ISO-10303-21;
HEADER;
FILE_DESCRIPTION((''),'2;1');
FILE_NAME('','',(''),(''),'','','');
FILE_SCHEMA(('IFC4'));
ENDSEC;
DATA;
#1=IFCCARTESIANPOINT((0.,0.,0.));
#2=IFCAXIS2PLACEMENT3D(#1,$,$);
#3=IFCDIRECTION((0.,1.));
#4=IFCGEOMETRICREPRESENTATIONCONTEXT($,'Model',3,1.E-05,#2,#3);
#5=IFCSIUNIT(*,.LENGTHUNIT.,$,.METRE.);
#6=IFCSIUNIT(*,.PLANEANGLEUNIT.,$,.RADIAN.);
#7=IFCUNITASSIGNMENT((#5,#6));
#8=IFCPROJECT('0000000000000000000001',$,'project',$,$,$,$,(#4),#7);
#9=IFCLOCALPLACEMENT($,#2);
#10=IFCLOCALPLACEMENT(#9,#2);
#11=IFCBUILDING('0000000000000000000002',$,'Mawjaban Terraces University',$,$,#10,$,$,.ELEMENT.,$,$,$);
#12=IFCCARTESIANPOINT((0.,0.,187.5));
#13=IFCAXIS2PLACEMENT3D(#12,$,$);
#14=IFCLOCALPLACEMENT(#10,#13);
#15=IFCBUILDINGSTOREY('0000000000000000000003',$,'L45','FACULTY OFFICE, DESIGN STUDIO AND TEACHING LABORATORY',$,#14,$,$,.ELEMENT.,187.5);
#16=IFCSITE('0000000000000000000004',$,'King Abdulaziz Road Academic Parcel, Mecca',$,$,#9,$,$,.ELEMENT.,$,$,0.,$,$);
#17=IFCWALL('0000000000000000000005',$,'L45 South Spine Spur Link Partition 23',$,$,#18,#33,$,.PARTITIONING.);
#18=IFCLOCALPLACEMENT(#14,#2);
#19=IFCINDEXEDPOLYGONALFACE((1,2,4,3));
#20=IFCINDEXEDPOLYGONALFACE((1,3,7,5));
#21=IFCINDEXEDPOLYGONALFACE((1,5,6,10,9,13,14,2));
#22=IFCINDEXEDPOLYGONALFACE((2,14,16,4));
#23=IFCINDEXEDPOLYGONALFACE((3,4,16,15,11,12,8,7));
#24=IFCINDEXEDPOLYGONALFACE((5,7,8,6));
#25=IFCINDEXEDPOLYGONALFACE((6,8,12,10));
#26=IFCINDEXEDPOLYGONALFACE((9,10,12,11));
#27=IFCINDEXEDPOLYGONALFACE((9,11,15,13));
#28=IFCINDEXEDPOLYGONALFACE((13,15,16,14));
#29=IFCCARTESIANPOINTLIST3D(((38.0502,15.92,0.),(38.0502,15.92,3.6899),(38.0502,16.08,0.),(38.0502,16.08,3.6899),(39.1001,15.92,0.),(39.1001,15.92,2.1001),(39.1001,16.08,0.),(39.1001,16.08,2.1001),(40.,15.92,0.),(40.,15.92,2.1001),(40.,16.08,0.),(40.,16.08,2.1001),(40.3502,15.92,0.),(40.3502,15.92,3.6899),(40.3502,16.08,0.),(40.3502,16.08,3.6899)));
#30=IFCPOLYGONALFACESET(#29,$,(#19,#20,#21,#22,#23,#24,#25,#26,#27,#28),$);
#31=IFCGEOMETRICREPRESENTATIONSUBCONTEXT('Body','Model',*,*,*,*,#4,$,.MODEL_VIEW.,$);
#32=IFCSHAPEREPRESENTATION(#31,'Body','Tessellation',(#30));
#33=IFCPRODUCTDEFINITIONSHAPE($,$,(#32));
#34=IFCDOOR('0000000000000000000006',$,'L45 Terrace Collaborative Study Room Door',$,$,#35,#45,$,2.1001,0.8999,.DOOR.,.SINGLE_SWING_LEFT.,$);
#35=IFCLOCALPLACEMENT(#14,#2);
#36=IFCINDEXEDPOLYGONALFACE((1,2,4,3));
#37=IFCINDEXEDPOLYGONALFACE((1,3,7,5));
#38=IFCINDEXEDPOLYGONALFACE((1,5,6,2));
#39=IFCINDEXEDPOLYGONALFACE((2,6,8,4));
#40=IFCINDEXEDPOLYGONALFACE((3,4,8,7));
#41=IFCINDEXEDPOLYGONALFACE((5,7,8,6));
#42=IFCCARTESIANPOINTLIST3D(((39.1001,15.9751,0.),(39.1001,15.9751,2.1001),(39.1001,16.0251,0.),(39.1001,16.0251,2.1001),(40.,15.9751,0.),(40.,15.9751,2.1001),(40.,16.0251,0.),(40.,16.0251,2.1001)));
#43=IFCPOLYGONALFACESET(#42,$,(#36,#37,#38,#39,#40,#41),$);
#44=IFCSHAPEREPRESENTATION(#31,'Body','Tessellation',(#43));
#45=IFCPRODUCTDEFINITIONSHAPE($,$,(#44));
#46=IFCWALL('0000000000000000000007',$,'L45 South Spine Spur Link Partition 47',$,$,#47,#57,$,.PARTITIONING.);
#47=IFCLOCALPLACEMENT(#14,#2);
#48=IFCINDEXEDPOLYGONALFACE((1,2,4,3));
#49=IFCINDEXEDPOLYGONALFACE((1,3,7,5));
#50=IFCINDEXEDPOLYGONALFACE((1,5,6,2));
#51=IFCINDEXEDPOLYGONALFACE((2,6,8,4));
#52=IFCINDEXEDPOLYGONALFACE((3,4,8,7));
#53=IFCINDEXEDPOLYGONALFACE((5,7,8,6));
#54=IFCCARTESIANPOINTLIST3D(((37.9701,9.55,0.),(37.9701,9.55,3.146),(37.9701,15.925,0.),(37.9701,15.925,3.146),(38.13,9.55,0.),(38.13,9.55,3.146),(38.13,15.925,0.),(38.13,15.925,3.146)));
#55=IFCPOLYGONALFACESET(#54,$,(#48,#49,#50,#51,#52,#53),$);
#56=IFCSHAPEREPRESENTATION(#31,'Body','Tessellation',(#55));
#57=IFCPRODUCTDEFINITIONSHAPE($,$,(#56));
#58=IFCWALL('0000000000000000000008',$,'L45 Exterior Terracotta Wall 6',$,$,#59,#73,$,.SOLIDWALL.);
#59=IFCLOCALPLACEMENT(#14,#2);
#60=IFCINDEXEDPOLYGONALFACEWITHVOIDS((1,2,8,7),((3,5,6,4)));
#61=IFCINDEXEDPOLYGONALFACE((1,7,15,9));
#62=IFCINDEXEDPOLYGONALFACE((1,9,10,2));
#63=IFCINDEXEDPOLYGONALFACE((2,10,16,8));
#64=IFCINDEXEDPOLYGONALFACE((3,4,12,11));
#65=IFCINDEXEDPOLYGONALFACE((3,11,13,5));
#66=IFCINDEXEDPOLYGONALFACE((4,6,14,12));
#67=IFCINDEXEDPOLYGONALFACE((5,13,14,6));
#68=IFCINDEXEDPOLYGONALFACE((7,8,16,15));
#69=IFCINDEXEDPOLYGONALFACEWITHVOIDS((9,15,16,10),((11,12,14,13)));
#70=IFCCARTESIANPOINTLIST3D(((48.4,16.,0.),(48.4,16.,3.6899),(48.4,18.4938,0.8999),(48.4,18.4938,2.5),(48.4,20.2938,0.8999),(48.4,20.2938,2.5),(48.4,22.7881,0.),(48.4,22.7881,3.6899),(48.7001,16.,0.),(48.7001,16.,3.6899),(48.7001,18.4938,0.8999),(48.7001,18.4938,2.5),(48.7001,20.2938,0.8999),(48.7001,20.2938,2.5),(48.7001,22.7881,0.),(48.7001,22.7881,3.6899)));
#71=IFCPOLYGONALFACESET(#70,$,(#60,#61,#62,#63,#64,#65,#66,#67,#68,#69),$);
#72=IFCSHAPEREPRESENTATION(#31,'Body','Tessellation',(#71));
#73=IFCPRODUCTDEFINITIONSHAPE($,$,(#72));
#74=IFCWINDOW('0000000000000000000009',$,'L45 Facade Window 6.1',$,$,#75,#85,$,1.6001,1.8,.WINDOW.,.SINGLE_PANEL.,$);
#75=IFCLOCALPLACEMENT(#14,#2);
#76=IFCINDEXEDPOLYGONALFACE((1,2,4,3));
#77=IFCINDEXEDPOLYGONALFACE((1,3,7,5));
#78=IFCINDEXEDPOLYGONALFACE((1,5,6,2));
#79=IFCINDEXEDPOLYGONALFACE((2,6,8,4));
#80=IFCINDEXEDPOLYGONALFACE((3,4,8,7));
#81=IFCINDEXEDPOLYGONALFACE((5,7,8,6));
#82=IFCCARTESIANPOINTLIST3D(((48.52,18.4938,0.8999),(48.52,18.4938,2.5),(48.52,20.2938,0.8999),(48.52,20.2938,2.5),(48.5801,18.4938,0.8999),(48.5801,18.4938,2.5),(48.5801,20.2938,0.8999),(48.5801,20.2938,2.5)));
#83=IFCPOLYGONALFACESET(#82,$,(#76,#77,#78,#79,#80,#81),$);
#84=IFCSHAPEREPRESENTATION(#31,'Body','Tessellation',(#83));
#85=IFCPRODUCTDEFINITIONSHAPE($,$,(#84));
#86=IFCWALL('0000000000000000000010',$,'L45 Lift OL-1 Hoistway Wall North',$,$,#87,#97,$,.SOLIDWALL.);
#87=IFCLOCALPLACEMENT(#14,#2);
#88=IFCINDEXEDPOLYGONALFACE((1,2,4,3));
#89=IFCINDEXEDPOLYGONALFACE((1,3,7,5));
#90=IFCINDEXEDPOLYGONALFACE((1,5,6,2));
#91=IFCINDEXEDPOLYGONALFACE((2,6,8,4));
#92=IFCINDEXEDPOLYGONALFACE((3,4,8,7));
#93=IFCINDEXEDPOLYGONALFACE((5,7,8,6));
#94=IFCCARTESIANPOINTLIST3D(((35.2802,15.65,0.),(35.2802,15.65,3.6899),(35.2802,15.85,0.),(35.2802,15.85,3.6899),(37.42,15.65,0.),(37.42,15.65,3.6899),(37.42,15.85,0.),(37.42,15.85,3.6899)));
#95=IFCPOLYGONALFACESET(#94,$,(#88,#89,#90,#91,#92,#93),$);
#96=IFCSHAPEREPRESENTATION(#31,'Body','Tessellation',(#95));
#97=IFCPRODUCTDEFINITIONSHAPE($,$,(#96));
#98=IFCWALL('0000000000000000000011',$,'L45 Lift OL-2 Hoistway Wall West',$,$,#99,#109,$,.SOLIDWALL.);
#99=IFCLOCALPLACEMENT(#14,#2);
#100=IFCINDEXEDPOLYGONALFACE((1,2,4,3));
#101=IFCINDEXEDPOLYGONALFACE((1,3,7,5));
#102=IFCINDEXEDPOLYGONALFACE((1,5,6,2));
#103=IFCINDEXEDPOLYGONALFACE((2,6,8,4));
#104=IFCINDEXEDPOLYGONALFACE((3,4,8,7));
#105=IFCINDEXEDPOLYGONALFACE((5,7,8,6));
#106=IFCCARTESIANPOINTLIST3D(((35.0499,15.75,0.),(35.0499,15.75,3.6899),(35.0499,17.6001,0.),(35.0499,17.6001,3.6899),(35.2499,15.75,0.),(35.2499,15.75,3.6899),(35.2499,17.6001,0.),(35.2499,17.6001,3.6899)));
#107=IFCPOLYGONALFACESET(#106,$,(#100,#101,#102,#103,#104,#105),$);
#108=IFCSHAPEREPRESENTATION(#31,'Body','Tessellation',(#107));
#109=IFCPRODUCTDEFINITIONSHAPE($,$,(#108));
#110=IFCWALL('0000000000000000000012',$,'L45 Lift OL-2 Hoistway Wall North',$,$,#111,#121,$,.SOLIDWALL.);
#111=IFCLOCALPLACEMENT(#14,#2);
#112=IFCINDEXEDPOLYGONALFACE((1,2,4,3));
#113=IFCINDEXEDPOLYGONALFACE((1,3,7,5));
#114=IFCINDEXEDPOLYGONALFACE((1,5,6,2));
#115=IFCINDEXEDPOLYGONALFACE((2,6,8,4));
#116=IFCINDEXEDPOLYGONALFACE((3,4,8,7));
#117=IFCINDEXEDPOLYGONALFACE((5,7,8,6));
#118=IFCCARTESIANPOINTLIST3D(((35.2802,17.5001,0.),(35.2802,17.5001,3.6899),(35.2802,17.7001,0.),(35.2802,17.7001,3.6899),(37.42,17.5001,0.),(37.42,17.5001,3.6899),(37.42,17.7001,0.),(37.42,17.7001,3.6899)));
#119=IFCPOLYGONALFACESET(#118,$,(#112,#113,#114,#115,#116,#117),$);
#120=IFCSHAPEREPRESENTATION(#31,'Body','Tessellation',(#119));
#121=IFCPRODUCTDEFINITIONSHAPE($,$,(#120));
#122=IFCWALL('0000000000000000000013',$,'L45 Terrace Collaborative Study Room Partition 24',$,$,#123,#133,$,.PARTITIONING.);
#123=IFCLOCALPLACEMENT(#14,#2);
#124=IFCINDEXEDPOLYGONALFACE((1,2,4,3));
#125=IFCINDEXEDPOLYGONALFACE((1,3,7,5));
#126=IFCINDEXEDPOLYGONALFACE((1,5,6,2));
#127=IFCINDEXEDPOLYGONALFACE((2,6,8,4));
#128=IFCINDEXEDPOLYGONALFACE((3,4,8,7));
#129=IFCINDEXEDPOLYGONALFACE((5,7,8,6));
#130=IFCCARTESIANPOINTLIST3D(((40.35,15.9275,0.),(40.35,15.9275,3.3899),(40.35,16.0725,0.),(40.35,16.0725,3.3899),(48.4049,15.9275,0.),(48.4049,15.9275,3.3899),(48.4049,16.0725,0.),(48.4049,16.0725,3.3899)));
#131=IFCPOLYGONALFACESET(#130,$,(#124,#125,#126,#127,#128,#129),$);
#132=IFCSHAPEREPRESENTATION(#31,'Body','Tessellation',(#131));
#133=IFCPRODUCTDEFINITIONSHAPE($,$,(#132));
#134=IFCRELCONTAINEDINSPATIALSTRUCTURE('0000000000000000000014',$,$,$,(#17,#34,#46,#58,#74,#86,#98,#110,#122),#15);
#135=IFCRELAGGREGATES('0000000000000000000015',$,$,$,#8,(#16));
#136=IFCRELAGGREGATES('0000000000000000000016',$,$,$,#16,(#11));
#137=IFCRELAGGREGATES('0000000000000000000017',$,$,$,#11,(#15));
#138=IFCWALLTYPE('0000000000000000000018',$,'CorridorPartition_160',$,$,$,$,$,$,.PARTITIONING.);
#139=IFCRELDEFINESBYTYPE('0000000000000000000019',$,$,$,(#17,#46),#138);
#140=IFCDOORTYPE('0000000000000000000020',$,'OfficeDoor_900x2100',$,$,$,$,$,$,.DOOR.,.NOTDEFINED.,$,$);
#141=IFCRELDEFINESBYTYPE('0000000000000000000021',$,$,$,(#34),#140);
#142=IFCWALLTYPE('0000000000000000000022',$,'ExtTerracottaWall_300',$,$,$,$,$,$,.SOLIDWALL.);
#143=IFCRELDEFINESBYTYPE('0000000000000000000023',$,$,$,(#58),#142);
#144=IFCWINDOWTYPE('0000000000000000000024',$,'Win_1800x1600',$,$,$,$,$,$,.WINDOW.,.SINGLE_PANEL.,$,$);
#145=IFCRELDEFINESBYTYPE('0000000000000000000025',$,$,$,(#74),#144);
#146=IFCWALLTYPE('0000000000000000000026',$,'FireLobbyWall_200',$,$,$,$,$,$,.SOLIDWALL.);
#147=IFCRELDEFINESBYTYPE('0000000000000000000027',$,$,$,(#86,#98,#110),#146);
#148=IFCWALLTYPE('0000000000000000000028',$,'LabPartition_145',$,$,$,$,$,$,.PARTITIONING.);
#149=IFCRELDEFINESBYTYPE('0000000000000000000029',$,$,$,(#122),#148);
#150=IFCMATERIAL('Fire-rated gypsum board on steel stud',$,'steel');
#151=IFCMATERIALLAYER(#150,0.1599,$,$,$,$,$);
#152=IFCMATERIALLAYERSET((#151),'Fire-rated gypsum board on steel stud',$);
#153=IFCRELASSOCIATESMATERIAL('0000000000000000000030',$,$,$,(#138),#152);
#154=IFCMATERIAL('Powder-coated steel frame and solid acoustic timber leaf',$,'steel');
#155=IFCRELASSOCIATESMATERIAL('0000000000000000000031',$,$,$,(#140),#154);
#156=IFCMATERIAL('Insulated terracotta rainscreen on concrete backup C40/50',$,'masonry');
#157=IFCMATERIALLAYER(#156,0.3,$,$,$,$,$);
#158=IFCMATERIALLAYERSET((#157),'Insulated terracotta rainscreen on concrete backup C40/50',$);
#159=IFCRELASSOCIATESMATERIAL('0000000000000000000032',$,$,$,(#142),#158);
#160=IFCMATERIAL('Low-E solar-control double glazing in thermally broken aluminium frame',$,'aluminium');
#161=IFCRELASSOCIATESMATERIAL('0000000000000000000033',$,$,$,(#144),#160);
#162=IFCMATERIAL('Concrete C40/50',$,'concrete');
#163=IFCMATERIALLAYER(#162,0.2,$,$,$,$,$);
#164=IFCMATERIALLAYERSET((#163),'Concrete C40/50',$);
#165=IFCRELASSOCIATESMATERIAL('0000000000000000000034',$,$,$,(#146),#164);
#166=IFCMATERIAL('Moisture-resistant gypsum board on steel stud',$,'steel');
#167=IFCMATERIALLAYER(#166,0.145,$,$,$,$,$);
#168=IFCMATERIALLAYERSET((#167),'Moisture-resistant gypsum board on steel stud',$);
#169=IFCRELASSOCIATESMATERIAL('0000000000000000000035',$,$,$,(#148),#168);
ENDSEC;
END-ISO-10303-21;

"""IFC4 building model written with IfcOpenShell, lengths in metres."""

from ifc_helpers import new_model, si_unit, direction, frame, frame_2d, origin, place, context, subcontext, project, spatial, rectangle, extrude, material, layer, layer_set, type_object, element, fill, save


model = new_model("IFC4")

# Units and contexts
model_context = context("Model", 3, precision=1e-05, world=origin(), true_north=direction((0.0, 1.0)))
body_context = subcontext(model_context, "Body", "Model", "MODEL_VIEW")
ifc_project = project(units=[si_unit("LENGTHUNIT", "METRE"), si_unit("PLANEANGLEUNIT", "RADIAN")], contexts=[model_context])

# Site, building, storey
site_placement = place(None, origin())
site = spatial("IfcSite", under=ifc_project, at=site_placement, Name="King Abdulaziz Road Academic Parcel, Mecca", CompositionType="ELEMENT", RefElevation=0.0)
building_placement = place(site_placement, origin())
building = spatial("IfcBuilding", under=site, at=building_placement, Name="Mawjaban Terraces University", CompositionType="ELEMENT")
storey_placement = place(building_placement, frame((0.0, 0.0, 187.5)))
storey = spatial("IfcBuildingStorey", under=building, at=storey_placement, Name="L45", Description="FACULTY OFFICE, DESIGN STUDIO AND TEACHING LABORATORY", CompositionType="ELEMENT", Elevation=187.5)

# Wall, opening, door
ifc_material_1 = material(Name="Fire-rated gypsum board on steel stud", Category="steel")
ifc_layer_1 = layer(ifc_material_1, 0.1599)
ifc_layer_set_1 = layer_set([ifc_layer_1], Name="Fire-rated gypsum board on steel stud")
wall_type_1 = type_object("IfcWallType", Name="CorridorPartition_160", PredefinedType="PARTITIONING", material=ifc_layer_set_1)
wall_1_placement = place(storey_placement, frame((40.3501, 16.0, 0.0), z_axis=(0.0, 0.0, 1.0), x_axis=(-1.0, 0.0, 0.0)))
wall_1 = element("IfcWall", 1, at=wall_1_placement, inside=storey, type_object=wall_type_1, Name="L45 South Spine Spur Link Partition 23", PredefinedType="PARTITIONING", context=body_context, shape_type="SweptSolid", body=[
    extrude(rectangle(XDim=2.3, YDim=0.1599, at=frame_2d((1.1499, 0.0))), origin(), (0.0, 0.0, 1.0), 3.6899),
])
opening_1_placement = place(wall_1_placement, frame((0.3501, 0.0, 0.0)))
opening_1 = element("IfcOpeningElement", 2, at=opening_1_placement, cuts=wall_1, PredefinedType="OPENING", context=body_context, shape_type="SweptSolid", body=[
    extrude(rectangle(XDim=0.8999, YDim=2.1001, at=frame_2d((0.45, 1.05))), frame((0.0, 0.0898, 0.0), z_axis=(0.0, -1.0, 0.0), x_axis=(1.0, 0.0, 0.0)), (0.0, 0.0, 1.0), 0.1799),
])
ifc_material_2 = material(Name="Powder-coated steel frame and solid acoustic timber leaf", Category="steel")
door_type = type_object("IfcDoorType", Name="OfficeDoor_900x2100", OperationType="NOTDEFINED", PredefinedType="DOOR", material=ifc_material_2)
door_placement = place(opening_1_placement, origin())
door = element("IfcDoor", 3, at=door_placement, inside=storey, type_object=door_type, Name="L45 Terrace Collaborative Study Room Door", OperationType="SINGLE_SWING_LEFT", OverallHeight=2.1001, OverallWidth=0.8999, PredefinedType="DOOR", context=body_context, shape_type="SweptSolid", body=[
    extrude(rectangle(XDim=0.8999, YDim=2.1001, at=frame_2d((0.45, 1.05))), frame((0.0, 0.0249, 0.0), z_axis=(0.0, -1.0, 0.0), x_axis=(1.0, 0.0, 0.0)), (0.0, 0.0, 1.0), 0.05),
])
fill(opening_1, door)

# Wall
wall_2_placement = place(storey_placement, frame((38.05, 15.925, 0.0), z_axis=(0.0, 0.0, 1.0), x_axis=(0.0, -1.0, 0.0)))
element("IfcWall", 4, at=wall_2_placement, inside=storey, type_object=wall_type_1, Name="L45 South Spine Spur Link Partition 47", PredefinedType="PARTITIONING", context=body_context, shape_type="SweptSolid", body=[
    extrude(rectangle(XDim=6.375, YDim=0.1599, at=frame_2d((3.1875, 0.0))), origin(), (0.0, 0.0, 1.0), 3.146),
])

# Wall, opening, window
ifc_material_3 = material(Name="Insulated terracotta rainscreen on concrete backup C40/50", Category="masonry")
ifc_layer_2 = layer(ifc_material_3, 0.3)
ifc_layer_set_2 = layer_set([ifc_layer_2], Name="Insulated terracotta rainscreen on concrete backup C40/50")
wall_type_2 = type_object("IfcWallType", Name="ExtTerracottaWall_300", PredefinedType="SOLIDWALL", material=ifc_layer_set_2)
wall_3_placement = place(storey_placement, frame((48.55, 16.0, 0.0), z_axis=(0.0, 0.0, 1.0), x_axis=(0.0, 1.0, 0.0)))
wall_3 = element("IfcWall", 5, at=wall_3_placement, inside=storey, type_object=wall_type_2, Name="L45 Exterior Terracotta Wall 6", PredefinedType="SOLIDWALL", context=body_context, shape_type="SweptSolid", body=[
    extrude(rectangle(XDim=6.7881, YDim=0.3, at=frame_2d((3.394, 0.0))), origin(), (0.0, 0.0, 1.0), 3.6899),
])
opening_2_placement = place(wall_3_placement, frame((2.4939, 0.0, 0.8999)))
opening_2 = element("IfcOpeningElement", 6, at=opening_2_placement, cuts=wall_3, PredefinedType="OPENING", context=body_context, shape_type="SweptSolid", body=[
    extrude(rectangle(XDim=1.8, YDim=1.6001, at=frame_2d((0.8999, 0.8))), frame((0.0, 0.1599, 0.0), z_axis=(0.0, -1.0, 0.0), x_axis=(1.0, 0.0, 0.0)), (0.0, 0.0, 1.0), 0.3201),
])
ifc_material_4 = material(Name="Low-E solar-control double glazing in thermally broken aluminium frame", Category="aluminium")
window_type = type_object("IfcWindowType", Name="Win_1800x1600", PartitioningType="SINGLE_PANEL", PredefinedType="WINDOW", material=ifc_material_4)
window_placement = place(opening_2_placement, origin())
window = element("IfcWindow", 7, at=window_placement, inside=storey, type_object=window_type, Name="L45 Facade Window 6.1", OverallHeight=1.6001, OverallWidth=1.8, PartitioningType="SINGLE_PANEL", PredefinedType="WINDOW", context=body_context, shape_type="SweptSolid", body=[
    extrude(rectangle(XDim=1.8, YDim=1.6001, at=frame_2d((0.8999, 0.8))), frame((0.0, 0.03, 0.0), z_axis=(0.0, -1.0, 0.0), x_axis=(1.0, 0.0, 0.0)), (0.0, 0.0, 1.0), 0.0601),
])
fill(opening_2, window)

# Walls
ifc_material_5 = material(Name="Concrete C40/50", Category="concrete")
ifc_layer_3 = layer(ifc_material_5, 0.2)
ifc_layer_set_3 = layer_set([ifc_layer_3], Name="Concrete C40/50")
wall_type_3 = type_object("IfcWallType", Name="FireLobbyWall_200", PredefinedType="SOLIDWALL", material=ifc_layer_set_3)
wall_4_placement = place(storey_placement, frame((37.4199, 15.75, 0.0), z_axis=(0.0, 0.0, 1.0), x_axis=(-1.0, 0.0, 0.0)))
element("IfcWall", 8, at=wall_4_placement, inside=storey, type_object=wall_type_3, Name="L45 Lift OL-1 Hoistway Wall North", PredefinedType="SOLIDWALL", context=body_context, shape_type="SweptSolid", body=[
    extrude(rectangle(XDim=2.1399, YDim=0.2, at=frame_2d((1.0698, 0.0))), origin(), (0.0, 0.0, 1.0), 3.6899),
])
wall_5_placement = place(storey_placement, frame((35.1499, 17.6001, 0.0), z_axis=(0.0, 0.0, 1.0), x_axis=(0.0, -1.0, 0.0)))
element("IfcWall", 9, at=wall_5_placement, inside=storey, type_object=wall_type_3, Name="L45 Lift OL-2 Hoistway Wall West", PredefinedType="SOLIDWALL", context=body_context, shape_type="SweptSolid", body=[
    extrude(rectangle(XDim=1.8501, YDim=0.2, at=frame_2d((0.925, 0.0))), origin(), (0.0, 0.0, 1.0), 3.6899),
])
wall_6_placement = place(storey_placement, frame((37.4199, 17.6001, 0.0), z_axis=(0.0, 0.0, 1.0), x_axis=(-1.0, 0.0, 0.0)))
element("IfcWall", 10, at=wall_6_placement, inside=storey, type_object=wall_type_3, Name="L45 Lift OL-2 Hoistway Wall North", PredefinedType="SOLIDWALL", context=body_context, shape_type="SweptSolid", body=[
    extrude(rectangle(XDim=2.1399, YDim=0.2, at=frame_2d((1.0698, 0.0))), origin(), (0.0, 0.0, 1.0), 3.6899),
])
ifc_material_6 = material(Name="Moisture-resistant gypsum board on steel stud", Category="steel")
ifc_layer_4 = layer(ifc_material_6, 0.145)
ifc_layer_set_4 = layer_set([ifc_layer_4], Name="Moisture-resistant gypsum board on steel stud")
wall_type_4 = type_object("IfcWallType", Name="LabPartition_145", PredefinedType="PARTITIONING", material=ifc_layer_set_4)
wall_7_placement = place(storey_placement, frame((40.3501, 16.0, 0.0), z_axis=(0.0, 0.0, 1.0), x_axis=(1.0, 0.0, 0.0)))
element("IfcWall", 11, at=wall_7_placement, inside=storey, type_object=wall_type_4, Name="L45 Terrace Collaborative Study Room Partition 24", PredefinedType="PARTITIONING", context=body_context, shape_type="SweptSolid", body=[
    extrude(rectangle(XDim=8.0549, YDim=0.145, at=frame_2d((4.0273, 0.0))), origin(), (0.0, 0.0, 1.0), 3.3899),
])

save(model, "model.ifc")
